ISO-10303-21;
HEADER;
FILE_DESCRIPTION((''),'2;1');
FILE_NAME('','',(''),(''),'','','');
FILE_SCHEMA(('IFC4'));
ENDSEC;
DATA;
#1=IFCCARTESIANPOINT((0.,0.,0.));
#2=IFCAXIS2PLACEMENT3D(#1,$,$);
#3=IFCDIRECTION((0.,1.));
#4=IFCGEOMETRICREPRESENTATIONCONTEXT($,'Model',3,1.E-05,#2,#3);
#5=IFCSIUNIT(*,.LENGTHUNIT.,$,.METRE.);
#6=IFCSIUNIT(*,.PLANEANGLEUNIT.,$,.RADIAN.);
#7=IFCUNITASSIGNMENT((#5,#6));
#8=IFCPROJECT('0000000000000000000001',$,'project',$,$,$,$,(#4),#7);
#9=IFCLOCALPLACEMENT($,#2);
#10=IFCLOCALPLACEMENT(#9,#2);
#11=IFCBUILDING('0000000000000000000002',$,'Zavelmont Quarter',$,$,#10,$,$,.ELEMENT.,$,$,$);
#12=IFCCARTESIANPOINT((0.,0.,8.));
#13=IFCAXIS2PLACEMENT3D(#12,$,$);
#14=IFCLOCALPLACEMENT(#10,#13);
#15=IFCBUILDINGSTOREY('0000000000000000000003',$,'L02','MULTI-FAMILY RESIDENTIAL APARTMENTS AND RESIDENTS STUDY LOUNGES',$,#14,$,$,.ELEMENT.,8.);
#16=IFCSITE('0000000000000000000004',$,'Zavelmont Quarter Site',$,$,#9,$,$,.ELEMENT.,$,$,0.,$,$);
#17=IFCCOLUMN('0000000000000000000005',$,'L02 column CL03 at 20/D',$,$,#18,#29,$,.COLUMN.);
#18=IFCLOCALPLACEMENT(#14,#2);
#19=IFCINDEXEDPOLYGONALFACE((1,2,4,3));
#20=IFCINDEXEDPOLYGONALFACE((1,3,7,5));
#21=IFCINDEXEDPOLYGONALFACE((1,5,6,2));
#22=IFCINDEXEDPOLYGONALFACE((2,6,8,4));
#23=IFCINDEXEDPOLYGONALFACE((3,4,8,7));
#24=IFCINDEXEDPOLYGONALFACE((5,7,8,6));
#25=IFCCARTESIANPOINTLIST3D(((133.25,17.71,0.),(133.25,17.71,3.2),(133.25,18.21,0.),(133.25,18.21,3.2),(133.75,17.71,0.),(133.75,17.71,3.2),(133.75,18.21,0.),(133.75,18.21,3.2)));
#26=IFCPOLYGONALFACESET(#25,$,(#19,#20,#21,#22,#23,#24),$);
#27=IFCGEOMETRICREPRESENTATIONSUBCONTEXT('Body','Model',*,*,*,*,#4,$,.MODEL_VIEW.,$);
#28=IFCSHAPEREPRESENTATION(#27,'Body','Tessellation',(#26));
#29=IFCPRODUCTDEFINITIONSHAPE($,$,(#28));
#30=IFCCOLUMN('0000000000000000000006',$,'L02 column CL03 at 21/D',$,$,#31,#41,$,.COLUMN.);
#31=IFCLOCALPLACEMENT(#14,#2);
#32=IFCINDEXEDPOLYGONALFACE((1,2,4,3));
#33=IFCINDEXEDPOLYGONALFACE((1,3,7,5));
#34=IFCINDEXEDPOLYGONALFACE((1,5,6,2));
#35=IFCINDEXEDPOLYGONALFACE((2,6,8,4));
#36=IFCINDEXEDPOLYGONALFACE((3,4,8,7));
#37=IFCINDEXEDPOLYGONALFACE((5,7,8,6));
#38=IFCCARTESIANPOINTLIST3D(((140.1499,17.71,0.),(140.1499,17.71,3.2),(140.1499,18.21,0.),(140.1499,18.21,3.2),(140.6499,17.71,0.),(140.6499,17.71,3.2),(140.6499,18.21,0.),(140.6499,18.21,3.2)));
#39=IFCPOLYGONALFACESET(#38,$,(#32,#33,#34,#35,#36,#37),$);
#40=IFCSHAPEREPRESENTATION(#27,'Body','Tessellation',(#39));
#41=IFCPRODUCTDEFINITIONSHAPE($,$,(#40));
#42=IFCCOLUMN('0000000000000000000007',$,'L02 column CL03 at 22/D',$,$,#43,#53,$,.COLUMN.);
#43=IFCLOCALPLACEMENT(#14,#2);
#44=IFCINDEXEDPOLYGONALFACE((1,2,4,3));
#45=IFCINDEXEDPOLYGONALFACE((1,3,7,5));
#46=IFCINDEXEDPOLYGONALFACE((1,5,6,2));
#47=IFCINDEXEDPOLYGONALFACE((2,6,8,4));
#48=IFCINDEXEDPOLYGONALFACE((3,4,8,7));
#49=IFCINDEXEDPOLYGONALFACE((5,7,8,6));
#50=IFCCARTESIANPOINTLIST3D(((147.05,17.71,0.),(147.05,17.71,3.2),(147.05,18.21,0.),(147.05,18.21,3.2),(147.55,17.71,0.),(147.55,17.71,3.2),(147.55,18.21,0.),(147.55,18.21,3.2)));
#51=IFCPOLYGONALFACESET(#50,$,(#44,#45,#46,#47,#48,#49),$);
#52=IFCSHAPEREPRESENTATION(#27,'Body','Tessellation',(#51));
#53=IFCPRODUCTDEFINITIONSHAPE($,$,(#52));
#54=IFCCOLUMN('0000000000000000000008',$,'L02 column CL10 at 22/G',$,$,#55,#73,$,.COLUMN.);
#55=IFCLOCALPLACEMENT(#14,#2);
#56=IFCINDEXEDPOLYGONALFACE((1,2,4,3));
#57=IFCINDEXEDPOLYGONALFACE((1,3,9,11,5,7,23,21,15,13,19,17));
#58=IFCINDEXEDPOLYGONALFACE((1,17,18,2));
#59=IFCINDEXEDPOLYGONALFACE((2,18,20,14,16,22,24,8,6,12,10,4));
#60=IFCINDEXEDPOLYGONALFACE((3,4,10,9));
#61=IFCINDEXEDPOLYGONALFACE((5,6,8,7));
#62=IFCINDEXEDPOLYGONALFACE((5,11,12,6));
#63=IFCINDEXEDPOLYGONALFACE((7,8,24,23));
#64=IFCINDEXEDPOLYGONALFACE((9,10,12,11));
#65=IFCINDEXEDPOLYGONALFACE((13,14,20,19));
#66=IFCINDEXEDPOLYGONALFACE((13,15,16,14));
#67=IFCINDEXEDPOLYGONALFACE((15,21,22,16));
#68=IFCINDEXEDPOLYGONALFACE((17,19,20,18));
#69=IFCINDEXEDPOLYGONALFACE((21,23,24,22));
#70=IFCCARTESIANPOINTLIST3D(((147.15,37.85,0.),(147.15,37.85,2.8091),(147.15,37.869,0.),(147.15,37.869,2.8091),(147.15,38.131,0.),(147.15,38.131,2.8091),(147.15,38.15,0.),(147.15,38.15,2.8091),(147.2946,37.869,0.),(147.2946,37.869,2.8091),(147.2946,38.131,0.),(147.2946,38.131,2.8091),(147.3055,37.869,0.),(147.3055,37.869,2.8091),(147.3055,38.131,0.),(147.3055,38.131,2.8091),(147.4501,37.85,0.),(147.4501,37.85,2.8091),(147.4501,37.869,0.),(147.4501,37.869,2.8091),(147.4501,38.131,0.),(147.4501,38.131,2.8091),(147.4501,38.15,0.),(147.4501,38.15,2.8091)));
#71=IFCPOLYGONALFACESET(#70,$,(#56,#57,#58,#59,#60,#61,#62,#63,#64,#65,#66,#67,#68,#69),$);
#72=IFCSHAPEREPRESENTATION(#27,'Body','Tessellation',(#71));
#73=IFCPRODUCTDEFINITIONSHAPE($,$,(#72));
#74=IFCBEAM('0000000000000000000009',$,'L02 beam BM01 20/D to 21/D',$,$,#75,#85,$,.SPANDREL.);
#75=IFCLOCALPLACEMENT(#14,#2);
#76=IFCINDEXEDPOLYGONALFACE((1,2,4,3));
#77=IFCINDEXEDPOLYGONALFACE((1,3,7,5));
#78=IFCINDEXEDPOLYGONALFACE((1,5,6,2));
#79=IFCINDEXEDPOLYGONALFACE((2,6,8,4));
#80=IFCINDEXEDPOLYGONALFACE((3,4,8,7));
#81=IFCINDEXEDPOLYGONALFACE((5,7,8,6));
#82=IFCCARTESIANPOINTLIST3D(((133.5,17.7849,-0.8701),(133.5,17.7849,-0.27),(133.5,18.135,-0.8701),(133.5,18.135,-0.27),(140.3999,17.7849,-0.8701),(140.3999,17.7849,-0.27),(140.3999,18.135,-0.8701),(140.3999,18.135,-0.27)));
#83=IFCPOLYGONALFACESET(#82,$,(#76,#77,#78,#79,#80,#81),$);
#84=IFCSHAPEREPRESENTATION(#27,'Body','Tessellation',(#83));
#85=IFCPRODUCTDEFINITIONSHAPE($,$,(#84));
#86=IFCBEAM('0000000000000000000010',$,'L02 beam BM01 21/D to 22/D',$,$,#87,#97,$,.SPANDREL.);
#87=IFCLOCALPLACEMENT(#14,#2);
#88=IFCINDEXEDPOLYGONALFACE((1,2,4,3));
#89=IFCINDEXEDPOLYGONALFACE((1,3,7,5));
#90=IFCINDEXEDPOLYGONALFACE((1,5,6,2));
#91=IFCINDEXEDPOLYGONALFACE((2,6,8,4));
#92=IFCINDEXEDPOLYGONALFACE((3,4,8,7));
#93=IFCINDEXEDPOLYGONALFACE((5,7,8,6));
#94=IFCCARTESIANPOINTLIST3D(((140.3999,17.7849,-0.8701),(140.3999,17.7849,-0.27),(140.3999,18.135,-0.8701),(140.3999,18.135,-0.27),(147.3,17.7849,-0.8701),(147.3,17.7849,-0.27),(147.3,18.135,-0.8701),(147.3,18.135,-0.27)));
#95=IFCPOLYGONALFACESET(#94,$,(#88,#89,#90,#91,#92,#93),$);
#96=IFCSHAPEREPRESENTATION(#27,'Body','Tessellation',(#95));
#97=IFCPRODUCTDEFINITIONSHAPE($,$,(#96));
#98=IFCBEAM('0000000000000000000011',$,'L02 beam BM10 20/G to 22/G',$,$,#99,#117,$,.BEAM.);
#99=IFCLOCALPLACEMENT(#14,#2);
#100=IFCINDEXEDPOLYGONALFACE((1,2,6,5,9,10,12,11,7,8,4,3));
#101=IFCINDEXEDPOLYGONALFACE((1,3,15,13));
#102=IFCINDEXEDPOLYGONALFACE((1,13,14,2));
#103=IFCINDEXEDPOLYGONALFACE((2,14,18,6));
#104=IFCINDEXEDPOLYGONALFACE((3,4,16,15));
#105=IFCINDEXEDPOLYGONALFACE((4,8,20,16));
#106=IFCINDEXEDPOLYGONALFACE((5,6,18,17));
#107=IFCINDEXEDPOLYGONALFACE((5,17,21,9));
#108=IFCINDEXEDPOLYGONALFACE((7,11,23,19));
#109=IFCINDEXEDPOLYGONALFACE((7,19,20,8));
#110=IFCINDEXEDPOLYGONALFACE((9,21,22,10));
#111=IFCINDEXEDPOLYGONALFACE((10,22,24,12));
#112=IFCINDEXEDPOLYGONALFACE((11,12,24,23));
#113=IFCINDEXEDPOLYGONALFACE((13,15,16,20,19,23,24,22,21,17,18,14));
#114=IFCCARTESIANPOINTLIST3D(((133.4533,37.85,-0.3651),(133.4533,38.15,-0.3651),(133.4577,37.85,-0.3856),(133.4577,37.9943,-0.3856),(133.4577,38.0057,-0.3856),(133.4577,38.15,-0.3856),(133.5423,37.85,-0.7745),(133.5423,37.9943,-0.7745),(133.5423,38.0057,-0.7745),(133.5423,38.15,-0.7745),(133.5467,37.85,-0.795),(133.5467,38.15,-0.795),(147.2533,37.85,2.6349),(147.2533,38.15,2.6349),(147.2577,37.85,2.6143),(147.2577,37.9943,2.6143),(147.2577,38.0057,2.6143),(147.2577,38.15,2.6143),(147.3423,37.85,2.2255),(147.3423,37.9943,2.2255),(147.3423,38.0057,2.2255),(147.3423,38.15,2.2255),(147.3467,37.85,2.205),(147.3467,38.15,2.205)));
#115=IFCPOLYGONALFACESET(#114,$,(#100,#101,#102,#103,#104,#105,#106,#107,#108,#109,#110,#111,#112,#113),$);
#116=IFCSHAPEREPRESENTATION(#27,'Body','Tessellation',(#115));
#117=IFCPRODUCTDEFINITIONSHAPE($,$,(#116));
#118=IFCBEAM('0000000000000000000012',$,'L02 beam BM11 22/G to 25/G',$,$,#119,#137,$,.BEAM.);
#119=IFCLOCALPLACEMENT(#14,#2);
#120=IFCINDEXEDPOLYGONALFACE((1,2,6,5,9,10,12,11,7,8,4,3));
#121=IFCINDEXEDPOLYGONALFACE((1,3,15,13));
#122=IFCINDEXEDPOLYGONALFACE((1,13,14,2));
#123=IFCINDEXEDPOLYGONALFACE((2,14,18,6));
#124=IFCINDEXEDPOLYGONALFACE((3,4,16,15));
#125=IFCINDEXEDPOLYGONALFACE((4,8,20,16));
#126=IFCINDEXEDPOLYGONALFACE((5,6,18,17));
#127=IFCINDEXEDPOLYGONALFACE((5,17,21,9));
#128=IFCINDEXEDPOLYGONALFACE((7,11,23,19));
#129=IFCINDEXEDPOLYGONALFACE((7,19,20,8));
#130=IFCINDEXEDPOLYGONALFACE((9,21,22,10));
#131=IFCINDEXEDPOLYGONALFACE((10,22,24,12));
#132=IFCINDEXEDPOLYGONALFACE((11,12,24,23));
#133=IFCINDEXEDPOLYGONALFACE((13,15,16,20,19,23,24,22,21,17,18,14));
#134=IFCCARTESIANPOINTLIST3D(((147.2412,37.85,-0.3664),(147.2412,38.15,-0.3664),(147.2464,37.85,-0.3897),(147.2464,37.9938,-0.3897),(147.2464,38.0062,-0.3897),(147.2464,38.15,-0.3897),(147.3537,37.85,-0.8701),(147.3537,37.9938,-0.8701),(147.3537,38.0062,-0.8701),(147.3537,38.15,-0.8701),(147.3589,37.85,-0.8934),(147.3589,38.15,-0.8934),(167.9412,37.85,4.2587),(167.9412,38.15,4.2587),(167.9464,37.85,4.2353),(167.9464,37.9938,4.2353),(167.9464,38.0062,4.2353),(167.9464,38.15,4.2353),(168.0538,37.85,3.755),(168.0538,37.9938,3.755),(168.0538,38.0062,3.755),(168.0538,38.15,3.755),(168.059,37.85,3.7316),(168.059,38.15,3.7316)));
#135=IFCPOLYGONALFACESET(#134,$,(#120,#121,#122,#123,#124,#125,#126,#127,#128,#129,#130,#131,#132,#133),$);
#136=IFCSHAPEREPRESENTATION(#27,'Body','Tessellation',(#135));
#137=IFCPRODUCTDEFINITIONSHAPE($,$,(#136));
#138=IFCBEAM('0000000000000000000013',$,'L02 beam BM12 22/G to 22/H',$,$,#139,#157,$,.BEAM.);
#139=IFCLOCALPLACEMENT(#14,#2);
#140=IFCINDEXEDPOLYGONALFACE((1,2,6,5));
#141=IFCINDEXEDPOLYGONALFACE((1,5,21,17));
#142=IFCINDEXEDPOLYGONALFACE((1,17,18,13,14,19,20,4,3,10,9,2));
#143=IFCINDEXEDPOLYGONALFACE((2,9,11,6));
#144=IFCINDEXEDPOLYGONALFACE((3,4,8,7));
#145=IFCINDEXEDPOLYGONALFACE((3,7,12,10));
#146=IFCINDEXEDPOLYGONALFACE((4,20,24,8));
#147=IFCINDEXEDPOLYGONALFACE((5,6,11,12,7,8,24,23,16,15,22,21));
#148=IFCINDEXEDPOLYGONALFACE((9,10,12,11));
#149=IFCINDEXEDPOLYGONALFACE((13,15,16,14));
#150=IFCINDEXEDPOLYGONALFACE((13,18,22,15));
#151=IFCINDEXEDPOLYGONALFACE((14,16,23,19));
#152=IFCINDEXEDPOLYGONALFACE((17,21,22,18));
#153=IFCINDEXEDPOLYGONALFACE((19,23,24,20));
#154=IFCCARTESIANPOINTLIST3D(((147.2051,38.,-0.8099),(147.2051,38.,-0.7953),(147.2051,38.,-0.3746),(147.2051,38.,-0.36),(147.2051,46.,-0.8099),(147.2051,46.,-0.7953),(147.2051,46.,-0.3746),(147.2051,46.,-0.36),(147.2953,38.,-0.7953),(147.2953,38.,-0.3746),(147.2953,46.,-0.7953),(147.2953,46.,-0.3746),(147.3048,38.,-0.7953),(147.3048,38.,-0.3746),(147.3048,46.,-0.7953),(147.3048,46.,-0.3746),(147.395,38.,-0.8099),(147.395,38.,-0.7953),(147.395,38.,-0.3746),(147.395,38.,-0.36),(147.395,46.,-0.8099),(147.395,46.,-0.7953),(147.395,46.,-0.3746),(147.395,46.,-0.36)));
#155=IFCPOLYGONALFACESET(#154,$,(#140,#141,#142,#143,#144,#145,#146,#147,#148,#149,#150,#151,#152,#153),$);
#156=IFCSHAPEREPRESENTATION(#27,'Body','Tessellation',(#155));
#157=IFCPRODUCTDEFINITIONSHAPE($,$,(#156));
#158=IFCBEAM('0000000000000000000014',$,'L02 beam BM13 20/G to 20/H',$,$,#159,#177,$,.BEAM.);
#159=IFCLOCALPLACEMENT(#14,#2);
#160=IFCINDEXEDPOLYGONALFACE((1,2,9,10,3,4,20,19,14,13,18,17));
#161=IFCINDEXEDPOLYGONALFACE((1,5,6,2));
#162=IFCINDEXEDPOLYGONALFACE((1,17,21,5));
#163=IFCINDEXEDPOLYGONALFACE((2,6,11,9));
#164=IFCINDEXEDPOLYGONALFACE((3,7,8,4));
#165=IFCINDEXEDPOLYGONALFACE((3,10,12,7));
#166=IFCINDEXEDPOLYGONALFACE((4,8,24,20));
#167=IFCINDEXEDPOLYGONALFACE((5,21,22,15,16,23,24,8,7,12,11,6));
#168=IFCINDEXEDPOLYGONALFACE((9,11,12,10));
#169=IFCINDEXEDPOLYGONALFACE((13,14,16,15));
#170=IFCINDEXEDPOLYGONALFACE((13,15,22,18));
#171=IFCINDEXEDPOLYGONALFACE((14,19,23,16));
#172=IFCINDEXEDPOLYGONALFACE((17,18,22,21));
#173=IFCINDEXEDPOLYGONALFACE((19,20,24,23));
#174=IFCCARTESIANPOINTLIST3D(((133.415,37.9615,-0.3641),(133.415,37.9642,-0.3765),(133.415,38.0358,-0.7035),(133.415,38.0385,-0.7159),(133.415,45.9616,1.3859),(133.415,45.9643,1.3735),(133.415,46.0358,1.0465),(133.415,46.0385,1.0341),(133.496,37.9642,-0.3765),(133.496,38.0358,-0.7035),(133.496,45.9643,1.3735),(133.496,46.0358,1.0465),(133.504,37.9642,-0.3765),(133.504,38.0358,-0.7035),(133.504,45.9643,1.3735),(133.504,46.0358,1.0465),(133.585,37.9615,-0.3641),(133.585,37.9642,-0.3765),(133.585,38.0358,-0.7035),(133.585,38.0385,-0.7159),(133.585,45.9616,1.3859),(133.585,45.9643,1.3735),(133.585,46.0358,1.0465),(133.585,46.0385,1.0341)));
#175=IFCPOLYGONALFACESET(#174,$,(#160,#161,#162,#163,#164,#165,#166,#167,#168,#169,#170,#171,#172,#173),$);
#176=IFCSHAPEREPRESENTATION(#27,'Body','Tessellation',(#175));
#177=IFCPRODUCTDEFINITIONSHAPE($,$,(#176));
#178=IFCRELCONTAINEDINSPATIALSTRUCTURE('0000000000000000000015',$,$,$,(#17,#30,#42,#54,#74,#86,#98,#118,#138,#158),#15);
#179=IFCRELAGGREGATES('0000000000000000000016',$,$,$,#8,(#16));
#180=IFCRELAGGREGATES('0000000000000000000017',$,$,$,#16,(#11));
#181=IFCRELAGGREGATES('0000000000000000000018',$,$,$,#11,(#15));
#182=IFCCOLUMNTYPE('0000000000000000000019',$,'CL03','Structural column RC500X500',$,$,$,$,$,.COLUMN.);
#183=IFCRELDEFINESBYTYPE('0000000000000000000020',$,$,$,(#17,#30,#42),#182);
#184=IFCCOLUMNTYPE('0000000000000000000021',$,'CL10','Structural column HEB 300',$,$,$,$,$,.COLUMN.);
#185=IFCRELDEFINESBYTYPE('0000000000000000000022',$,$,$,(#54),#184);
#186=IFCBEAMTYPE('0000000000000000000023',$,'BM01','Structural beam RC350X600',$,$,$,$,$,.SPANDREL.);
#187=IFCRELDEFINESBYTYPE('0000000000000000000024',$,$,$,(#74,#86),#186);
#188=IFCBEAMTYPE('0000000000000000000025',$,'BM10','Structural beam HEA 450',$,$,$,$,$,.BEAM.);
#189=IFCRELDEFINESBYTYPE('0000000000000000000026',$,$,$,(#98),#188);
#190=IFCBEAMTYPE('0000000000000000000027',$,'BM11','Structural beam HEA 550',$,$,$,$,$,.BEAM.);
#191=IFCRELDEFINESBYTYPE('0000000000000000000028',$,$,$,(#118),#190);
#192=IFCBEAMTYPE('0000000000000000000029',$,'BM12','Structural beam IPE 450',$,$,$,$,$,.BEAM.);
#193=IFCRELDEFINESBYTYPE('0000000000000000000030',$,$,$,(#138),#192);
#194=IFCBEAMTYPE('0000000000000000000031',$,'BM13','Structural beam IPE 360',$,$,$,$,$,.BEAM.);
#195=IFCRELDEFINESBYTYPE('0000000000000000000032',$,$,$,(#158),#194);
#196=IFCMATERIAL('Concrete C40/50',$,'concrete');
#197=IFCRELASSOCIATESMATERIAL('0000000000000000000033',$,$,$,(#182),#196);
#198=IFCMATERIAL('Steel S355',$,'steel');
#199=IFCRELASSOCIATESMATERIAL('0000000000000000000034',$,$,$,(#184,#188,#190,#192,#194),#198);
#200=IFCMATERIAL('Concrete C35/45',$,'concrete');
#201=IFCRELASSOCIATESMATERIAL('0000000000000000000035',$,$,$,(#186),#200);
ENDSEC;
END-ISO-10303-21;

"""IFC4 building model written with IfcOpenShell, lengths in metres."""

from ifc_helpers import new_model, si_unit, direction, frame, origin, origin_2d, place, context, subcontext, project, spatial, rectangle, i_section, extrude, material, material_profile, profile_set, type_object, element, save


model = new_model("IFC4")

# Units and contexts
model_context = context("Model", 3, precision=1e-05, world=origin(), true_north=direction((0.0, 1.0)))
body_context = subcontext(model_context, "Body", "Model", "MODEL_VIEW")
ifc_project = project(units=[si_unit("LENGTHUNIT", "METRE"), si_unit("PLANEANGLEUNIT", "RADIAN")], contexts=[model_context])

# Site, building, storey
site_placement = place(None, origin())
site = spatial("IfcSite", under=ifc_project, at=site_placement, Name="Zavelmont Quarter Site", CompositionType="ELEMENT", RefElevation=0.0)
building_placement = place(site_placement, origin())
building = spatial("IfcBuilding", under=site, at=building_placement, Name="Zavelmont Quarter", CompositionType="ELEMENT")
storey_placement = place(building_placement, frame((0.0, 0.0, 8.0)))
storey = spatial("IfcBuildingStorey", under=building, at=storey_placement, Name="L02", Description="MULTI-FAMILY RESIDENTIAL APARTMENTS AND RESIDENTS STUDY LOUNGES", CompositionType="ELEMENT", Elevation=8.0)

# Columns
ifc_material_1 = material(Name="Concrete C40/50", Category="concrete")
ifc_material_profile_1 = material_profile(ifc_material_1, rectangle(XDim=0.5, YDim=0.5, at=origin_2d()), Name="RC500X500")
ifc_profile_set_1 = profile_set([ifc_material_profile_1], Name="Concrete C40/50")
column_type_1 = type_object("IfcColumnType", Name="CL03", Description="Structural column RC500X500", PredefinedType="COLUMN", material=ifc_profile_set_1)
for number, where, z_axis, x_axis, name in (
    (1, (133.5, 17.96, 0.0), (0.0, 0.0, 1.0), (1.0, 0.0, 0.0), "L02 column CL03 at 20/D"),
    (2, (140.3999, 17.96, 0.0), (0.0, 0.0, 1.0), (1.0, 0.0, 0.0), "L02 column CL03 at 21/D"),
    (3, (147.3, 17.96, 0.0), (0.0, 0.0, 1.0), (1.0, 0.0, 0.0), "L02 column CL03 at 22/D"),
):
    element("IfcColumn", number, at=place(storey_placement, frame(where, z_axis=z_axis, x_axis=x_axis)), inside=storey, type_object=column_type_1, Name=name, PredefinedType="COLUMN", context=body_context, shape_type="SweptSolid", body=[
        extrude(rectangle(XDim=0.5, YDim=0.5, at=origin_2d()), origin(), (0.0, 0.0, 1.0), 3.2),
    ])
ifc_material_2 = material(Name="Steel S355", Category="steel")
ifc_material_profile_2 = material_profile(ifc_material_2, i_section(OverallWidth=0.3, OverallDepth=0.3, WebThickness=0.011, FlangeThickness=0.019, at=origin_2d()), Name="HEB 300")
ifc_profile_set_2 = profile_set([ifc_material_profile_2], Name="Steel S355")
column_type_2 = type_object("IfcColumnType", Name="CL10", Description="Structural column HEB 300", PredefinedType="COLUMN", material=ifc_profile_set_2)
column_placement = place(storey_placement, frame((147.3, 38.0, 0.0), z_axis=(0.0, 0.0, 1.0), x_axis=(1.0, 0.0, 0.0)))
element("IfcColumn", 4, at=column_placement, inside=storey, type_object=column_type_2, Name="L02 column CL10 at 22/G", PredefinedType="COLUMN", context=body_context, shape_type="SweptSolid", body=[
    extrude(i_section(OverallWidth=0.3, OverallDepth=0.3, WebThickness=0.011, FlangeThickness=0.019, at=origin_2d()), origin(), (0.0, 0.0, 1.0), 2.8091),
])

# Beams
ifc_material_3 = material(Name="Concrete C35/45", Category="concrete")
ifc_material_profile_3 = material_profile(ifc_material_3, rectangle(XDim=0.3501, YDim=0.6001, at=origin_2d()), Name="RC350X600")
ifc_profile_set_3 = profile_set([ifc_material_profile_3], Name="Concrete C35/45")
beam_type_1 = type_object("IfcBeamType", Name="BM01", Description="Structural beam RC350X600", PredefinedType="SPANDREL", material=ifc_profile_set_3)
beam_1_placement = place(storey_placement, frame((133.5, 17.96, -0.5701), z_axis=(1.0, 0.0, 0.0), x_axis=(0.0, 1.0, 0.0)))
element("IfcBeam", 5, at=beam_1_placement, inside=storey, type_object=beam_type_1, Name="L02 beam BM01 20/D to 21/D", PredefinedType="SPANDREL", context=body_context, shape_type="SweptSolid", body=[
    extrude(rectangle(XDim=0.3501, YDim=0.6001, at=origin_2d()), origin(), (0.0, 0.0, 1.0), 6.8999),
])
beam_2_placement = place(storey_placement, frame((140.3999, 17.96, -0.5701), z_axis=(1.0, 0.0, 0.0), x_axis=(0.0, 1.0, 0.0)))
element("IfcBeam", 6, at=beam_2_placement, inside=storey, type_object=beam_type_1, Name="L02 beam BM01 21/D to 22/D", PredefinedType="SPANDREL", context=body_context, shape_type="SweptSolid", body=[
    extrude(rectangle(XDim=0.3501, YDim=0.6001, at=origin_2d()), origin(), (0.0, 0.0, 1.0), 6.9001),
])
ifc_material_profile_4 = material_profile(ifc_material_2, i_section(OverallWidth=0.3, OverallDepth=0.4399, WebThickness=0.0115, FlangeThickness=0.021, at=origin_2d()), Name="HEA 450")
ifc_profile_set_4 = profile_set([ifc_material_profile_4], Name="Steel S355")
beam_type_2 = type_object("IfcBeamType", Name="BM10", Description="Structural beam HEA 450", PredefinedType="BEAM", material=ifc_profile_set_4)
beam_3_placement = place(storey_placement, frame((133.5, 38.0, -0.5801), z_axis=(0.977177, 0.0, 0.212429), x_axis=(0.0, 1.0, 0.0)))
element("IfcBeam", 7, at=beam_3_placement, inside=storey, type_object=beam_type_2, Name="L02 beam BM10 20/G to 22/G", PredefinedType="BEAM", context=body_context, shape_type="SweptSolid", body=[
    extrude(i_section(OverallWidth=0.3, OverallDepth=0.4399, WebThickness=0.0115, FlangeThickness=0.021, at=origin_2d()), origin(), (0.0, 0.0, 1.0), 14.1223),
])
ifc_material_profile_5 = material_profile(ifc_material_2, i_section(OverallWidth=0.3, OverallDepth=0.54, WebThickness=0.0125, FlangeThickness=0.0239, at=origin_2d()), Name="HEA 550")
ifc_profile_set_5 = profile_set([ifc_material_profile_5], Name="Steel S355")
beam_type_3 = type_object("IfcBeamType", Name="BM11", Description="Structural beam HEA 550", PredefinedType="BEAM", material=ifc_profile_set_5)
beam_4_placement = place(storey_placement, frame((147.3, 38.0, -0.6299), z_axis=(0.975937, 0.0, 0.218054), x_axis=(0.0, 1.0, 0.0)))
element("IfcBeam", 8, at=beam_4_placement, inside=storey, type_object=beam_type_3, Name="L02 beam BM11 22/G to 25/G", PredefinedType="BEAM", context=body_context, shape_type="SweptSolid", body=[
    extrude(i_section(OverallWidth=0.3, OverallDepth=0.54, WebThickness=0.0125, FlangeThickness=0.0239, at=origin_2d()), origin(), (0.0, 0.0, 1.0), 21.2104),
])
ifc_material_profile_6 = material_profile(ifc_material_2, i_section(OverallWidth=0.1899, OverallDepth=0.45, WebThickness=0.0095, FlangeThickness=0.0146, at=origin_2d()), Name="IPE 450")
ifc_profile_set_6 = profile_set([ifc_material_profile_6], Name="Steel S355")
beam_type_4 = type_object("IfcBeamType", Name="BM12", Description="Structural beam IPE 450", PredefinedType="BEAM", material=ifc_profile_set_6)
beam_5_placement = place(storey_placement, frame((147.3, 38.0, -0.585), z_axis=(0.0, 1.0, 0.0), x_axis=(-1.0, 0.0, 0.0)))
element("IfcBeam", 9, at=beam_5_placement, inside=storey, type_object=beam_type_4, Name="L02 beam BM12 22/G to 22/H", PredefinedType="BEAM", context=body_context, shape_type="SweptSolid", body=[
    extrude(i_section(OverallWidth=0.1899, OverallDepth=0.45, WebThickness=0.0095, FlangeThickness=0.0146, at=origin_2d()), origin(), (0.0, 0.0, 1.0), 8.0),
])
ifc_material_profile_7 = material_profile(ifc_material_2, i_section(OverallWidth=0.1699, OverallDepth=0.3601, WebThickness=0.0081, FlangeThickness=0.0127, at=origin_2d()), Name="IPE 360")
ifc_profile_set_7 = profile_set([ifc_material_profile_7], Name="Steel S355")
beam_type_5 = type_object("IfcBeamType", Name="BM13", Description="Structural beam IPE 360", PredefinedType="BEAM", material=ifc_profile_set_7)
for number, where, z_axis, x_axis, name in (
    (10, (133.5, 38.0, -0.54), (0.0, 0.9769, 0.213697), (-1.0, 0.0, 0.0), "L02 beam BM13 20/G to 20/H"),
):
    element("IfcBeam", number, at=place(storey_placement, frame(where, z_axis=z_axis, x_axis=x_axis)), inside=storey, type_object=beam_type_5, Name=name, PredefinedType="BEAM", context=body_context, shape_type="SweptSolid", body=[
        extrude(i_section(OverallWidth=0.1699, OverallDepth=0.3601, WebThickness=0.0081, FlangeThickness=0.0127, at=origin_2d()), origin(), (0.0, 0.0, 1.0), 8.1892),
    ])

save(model, "model.ifc")
